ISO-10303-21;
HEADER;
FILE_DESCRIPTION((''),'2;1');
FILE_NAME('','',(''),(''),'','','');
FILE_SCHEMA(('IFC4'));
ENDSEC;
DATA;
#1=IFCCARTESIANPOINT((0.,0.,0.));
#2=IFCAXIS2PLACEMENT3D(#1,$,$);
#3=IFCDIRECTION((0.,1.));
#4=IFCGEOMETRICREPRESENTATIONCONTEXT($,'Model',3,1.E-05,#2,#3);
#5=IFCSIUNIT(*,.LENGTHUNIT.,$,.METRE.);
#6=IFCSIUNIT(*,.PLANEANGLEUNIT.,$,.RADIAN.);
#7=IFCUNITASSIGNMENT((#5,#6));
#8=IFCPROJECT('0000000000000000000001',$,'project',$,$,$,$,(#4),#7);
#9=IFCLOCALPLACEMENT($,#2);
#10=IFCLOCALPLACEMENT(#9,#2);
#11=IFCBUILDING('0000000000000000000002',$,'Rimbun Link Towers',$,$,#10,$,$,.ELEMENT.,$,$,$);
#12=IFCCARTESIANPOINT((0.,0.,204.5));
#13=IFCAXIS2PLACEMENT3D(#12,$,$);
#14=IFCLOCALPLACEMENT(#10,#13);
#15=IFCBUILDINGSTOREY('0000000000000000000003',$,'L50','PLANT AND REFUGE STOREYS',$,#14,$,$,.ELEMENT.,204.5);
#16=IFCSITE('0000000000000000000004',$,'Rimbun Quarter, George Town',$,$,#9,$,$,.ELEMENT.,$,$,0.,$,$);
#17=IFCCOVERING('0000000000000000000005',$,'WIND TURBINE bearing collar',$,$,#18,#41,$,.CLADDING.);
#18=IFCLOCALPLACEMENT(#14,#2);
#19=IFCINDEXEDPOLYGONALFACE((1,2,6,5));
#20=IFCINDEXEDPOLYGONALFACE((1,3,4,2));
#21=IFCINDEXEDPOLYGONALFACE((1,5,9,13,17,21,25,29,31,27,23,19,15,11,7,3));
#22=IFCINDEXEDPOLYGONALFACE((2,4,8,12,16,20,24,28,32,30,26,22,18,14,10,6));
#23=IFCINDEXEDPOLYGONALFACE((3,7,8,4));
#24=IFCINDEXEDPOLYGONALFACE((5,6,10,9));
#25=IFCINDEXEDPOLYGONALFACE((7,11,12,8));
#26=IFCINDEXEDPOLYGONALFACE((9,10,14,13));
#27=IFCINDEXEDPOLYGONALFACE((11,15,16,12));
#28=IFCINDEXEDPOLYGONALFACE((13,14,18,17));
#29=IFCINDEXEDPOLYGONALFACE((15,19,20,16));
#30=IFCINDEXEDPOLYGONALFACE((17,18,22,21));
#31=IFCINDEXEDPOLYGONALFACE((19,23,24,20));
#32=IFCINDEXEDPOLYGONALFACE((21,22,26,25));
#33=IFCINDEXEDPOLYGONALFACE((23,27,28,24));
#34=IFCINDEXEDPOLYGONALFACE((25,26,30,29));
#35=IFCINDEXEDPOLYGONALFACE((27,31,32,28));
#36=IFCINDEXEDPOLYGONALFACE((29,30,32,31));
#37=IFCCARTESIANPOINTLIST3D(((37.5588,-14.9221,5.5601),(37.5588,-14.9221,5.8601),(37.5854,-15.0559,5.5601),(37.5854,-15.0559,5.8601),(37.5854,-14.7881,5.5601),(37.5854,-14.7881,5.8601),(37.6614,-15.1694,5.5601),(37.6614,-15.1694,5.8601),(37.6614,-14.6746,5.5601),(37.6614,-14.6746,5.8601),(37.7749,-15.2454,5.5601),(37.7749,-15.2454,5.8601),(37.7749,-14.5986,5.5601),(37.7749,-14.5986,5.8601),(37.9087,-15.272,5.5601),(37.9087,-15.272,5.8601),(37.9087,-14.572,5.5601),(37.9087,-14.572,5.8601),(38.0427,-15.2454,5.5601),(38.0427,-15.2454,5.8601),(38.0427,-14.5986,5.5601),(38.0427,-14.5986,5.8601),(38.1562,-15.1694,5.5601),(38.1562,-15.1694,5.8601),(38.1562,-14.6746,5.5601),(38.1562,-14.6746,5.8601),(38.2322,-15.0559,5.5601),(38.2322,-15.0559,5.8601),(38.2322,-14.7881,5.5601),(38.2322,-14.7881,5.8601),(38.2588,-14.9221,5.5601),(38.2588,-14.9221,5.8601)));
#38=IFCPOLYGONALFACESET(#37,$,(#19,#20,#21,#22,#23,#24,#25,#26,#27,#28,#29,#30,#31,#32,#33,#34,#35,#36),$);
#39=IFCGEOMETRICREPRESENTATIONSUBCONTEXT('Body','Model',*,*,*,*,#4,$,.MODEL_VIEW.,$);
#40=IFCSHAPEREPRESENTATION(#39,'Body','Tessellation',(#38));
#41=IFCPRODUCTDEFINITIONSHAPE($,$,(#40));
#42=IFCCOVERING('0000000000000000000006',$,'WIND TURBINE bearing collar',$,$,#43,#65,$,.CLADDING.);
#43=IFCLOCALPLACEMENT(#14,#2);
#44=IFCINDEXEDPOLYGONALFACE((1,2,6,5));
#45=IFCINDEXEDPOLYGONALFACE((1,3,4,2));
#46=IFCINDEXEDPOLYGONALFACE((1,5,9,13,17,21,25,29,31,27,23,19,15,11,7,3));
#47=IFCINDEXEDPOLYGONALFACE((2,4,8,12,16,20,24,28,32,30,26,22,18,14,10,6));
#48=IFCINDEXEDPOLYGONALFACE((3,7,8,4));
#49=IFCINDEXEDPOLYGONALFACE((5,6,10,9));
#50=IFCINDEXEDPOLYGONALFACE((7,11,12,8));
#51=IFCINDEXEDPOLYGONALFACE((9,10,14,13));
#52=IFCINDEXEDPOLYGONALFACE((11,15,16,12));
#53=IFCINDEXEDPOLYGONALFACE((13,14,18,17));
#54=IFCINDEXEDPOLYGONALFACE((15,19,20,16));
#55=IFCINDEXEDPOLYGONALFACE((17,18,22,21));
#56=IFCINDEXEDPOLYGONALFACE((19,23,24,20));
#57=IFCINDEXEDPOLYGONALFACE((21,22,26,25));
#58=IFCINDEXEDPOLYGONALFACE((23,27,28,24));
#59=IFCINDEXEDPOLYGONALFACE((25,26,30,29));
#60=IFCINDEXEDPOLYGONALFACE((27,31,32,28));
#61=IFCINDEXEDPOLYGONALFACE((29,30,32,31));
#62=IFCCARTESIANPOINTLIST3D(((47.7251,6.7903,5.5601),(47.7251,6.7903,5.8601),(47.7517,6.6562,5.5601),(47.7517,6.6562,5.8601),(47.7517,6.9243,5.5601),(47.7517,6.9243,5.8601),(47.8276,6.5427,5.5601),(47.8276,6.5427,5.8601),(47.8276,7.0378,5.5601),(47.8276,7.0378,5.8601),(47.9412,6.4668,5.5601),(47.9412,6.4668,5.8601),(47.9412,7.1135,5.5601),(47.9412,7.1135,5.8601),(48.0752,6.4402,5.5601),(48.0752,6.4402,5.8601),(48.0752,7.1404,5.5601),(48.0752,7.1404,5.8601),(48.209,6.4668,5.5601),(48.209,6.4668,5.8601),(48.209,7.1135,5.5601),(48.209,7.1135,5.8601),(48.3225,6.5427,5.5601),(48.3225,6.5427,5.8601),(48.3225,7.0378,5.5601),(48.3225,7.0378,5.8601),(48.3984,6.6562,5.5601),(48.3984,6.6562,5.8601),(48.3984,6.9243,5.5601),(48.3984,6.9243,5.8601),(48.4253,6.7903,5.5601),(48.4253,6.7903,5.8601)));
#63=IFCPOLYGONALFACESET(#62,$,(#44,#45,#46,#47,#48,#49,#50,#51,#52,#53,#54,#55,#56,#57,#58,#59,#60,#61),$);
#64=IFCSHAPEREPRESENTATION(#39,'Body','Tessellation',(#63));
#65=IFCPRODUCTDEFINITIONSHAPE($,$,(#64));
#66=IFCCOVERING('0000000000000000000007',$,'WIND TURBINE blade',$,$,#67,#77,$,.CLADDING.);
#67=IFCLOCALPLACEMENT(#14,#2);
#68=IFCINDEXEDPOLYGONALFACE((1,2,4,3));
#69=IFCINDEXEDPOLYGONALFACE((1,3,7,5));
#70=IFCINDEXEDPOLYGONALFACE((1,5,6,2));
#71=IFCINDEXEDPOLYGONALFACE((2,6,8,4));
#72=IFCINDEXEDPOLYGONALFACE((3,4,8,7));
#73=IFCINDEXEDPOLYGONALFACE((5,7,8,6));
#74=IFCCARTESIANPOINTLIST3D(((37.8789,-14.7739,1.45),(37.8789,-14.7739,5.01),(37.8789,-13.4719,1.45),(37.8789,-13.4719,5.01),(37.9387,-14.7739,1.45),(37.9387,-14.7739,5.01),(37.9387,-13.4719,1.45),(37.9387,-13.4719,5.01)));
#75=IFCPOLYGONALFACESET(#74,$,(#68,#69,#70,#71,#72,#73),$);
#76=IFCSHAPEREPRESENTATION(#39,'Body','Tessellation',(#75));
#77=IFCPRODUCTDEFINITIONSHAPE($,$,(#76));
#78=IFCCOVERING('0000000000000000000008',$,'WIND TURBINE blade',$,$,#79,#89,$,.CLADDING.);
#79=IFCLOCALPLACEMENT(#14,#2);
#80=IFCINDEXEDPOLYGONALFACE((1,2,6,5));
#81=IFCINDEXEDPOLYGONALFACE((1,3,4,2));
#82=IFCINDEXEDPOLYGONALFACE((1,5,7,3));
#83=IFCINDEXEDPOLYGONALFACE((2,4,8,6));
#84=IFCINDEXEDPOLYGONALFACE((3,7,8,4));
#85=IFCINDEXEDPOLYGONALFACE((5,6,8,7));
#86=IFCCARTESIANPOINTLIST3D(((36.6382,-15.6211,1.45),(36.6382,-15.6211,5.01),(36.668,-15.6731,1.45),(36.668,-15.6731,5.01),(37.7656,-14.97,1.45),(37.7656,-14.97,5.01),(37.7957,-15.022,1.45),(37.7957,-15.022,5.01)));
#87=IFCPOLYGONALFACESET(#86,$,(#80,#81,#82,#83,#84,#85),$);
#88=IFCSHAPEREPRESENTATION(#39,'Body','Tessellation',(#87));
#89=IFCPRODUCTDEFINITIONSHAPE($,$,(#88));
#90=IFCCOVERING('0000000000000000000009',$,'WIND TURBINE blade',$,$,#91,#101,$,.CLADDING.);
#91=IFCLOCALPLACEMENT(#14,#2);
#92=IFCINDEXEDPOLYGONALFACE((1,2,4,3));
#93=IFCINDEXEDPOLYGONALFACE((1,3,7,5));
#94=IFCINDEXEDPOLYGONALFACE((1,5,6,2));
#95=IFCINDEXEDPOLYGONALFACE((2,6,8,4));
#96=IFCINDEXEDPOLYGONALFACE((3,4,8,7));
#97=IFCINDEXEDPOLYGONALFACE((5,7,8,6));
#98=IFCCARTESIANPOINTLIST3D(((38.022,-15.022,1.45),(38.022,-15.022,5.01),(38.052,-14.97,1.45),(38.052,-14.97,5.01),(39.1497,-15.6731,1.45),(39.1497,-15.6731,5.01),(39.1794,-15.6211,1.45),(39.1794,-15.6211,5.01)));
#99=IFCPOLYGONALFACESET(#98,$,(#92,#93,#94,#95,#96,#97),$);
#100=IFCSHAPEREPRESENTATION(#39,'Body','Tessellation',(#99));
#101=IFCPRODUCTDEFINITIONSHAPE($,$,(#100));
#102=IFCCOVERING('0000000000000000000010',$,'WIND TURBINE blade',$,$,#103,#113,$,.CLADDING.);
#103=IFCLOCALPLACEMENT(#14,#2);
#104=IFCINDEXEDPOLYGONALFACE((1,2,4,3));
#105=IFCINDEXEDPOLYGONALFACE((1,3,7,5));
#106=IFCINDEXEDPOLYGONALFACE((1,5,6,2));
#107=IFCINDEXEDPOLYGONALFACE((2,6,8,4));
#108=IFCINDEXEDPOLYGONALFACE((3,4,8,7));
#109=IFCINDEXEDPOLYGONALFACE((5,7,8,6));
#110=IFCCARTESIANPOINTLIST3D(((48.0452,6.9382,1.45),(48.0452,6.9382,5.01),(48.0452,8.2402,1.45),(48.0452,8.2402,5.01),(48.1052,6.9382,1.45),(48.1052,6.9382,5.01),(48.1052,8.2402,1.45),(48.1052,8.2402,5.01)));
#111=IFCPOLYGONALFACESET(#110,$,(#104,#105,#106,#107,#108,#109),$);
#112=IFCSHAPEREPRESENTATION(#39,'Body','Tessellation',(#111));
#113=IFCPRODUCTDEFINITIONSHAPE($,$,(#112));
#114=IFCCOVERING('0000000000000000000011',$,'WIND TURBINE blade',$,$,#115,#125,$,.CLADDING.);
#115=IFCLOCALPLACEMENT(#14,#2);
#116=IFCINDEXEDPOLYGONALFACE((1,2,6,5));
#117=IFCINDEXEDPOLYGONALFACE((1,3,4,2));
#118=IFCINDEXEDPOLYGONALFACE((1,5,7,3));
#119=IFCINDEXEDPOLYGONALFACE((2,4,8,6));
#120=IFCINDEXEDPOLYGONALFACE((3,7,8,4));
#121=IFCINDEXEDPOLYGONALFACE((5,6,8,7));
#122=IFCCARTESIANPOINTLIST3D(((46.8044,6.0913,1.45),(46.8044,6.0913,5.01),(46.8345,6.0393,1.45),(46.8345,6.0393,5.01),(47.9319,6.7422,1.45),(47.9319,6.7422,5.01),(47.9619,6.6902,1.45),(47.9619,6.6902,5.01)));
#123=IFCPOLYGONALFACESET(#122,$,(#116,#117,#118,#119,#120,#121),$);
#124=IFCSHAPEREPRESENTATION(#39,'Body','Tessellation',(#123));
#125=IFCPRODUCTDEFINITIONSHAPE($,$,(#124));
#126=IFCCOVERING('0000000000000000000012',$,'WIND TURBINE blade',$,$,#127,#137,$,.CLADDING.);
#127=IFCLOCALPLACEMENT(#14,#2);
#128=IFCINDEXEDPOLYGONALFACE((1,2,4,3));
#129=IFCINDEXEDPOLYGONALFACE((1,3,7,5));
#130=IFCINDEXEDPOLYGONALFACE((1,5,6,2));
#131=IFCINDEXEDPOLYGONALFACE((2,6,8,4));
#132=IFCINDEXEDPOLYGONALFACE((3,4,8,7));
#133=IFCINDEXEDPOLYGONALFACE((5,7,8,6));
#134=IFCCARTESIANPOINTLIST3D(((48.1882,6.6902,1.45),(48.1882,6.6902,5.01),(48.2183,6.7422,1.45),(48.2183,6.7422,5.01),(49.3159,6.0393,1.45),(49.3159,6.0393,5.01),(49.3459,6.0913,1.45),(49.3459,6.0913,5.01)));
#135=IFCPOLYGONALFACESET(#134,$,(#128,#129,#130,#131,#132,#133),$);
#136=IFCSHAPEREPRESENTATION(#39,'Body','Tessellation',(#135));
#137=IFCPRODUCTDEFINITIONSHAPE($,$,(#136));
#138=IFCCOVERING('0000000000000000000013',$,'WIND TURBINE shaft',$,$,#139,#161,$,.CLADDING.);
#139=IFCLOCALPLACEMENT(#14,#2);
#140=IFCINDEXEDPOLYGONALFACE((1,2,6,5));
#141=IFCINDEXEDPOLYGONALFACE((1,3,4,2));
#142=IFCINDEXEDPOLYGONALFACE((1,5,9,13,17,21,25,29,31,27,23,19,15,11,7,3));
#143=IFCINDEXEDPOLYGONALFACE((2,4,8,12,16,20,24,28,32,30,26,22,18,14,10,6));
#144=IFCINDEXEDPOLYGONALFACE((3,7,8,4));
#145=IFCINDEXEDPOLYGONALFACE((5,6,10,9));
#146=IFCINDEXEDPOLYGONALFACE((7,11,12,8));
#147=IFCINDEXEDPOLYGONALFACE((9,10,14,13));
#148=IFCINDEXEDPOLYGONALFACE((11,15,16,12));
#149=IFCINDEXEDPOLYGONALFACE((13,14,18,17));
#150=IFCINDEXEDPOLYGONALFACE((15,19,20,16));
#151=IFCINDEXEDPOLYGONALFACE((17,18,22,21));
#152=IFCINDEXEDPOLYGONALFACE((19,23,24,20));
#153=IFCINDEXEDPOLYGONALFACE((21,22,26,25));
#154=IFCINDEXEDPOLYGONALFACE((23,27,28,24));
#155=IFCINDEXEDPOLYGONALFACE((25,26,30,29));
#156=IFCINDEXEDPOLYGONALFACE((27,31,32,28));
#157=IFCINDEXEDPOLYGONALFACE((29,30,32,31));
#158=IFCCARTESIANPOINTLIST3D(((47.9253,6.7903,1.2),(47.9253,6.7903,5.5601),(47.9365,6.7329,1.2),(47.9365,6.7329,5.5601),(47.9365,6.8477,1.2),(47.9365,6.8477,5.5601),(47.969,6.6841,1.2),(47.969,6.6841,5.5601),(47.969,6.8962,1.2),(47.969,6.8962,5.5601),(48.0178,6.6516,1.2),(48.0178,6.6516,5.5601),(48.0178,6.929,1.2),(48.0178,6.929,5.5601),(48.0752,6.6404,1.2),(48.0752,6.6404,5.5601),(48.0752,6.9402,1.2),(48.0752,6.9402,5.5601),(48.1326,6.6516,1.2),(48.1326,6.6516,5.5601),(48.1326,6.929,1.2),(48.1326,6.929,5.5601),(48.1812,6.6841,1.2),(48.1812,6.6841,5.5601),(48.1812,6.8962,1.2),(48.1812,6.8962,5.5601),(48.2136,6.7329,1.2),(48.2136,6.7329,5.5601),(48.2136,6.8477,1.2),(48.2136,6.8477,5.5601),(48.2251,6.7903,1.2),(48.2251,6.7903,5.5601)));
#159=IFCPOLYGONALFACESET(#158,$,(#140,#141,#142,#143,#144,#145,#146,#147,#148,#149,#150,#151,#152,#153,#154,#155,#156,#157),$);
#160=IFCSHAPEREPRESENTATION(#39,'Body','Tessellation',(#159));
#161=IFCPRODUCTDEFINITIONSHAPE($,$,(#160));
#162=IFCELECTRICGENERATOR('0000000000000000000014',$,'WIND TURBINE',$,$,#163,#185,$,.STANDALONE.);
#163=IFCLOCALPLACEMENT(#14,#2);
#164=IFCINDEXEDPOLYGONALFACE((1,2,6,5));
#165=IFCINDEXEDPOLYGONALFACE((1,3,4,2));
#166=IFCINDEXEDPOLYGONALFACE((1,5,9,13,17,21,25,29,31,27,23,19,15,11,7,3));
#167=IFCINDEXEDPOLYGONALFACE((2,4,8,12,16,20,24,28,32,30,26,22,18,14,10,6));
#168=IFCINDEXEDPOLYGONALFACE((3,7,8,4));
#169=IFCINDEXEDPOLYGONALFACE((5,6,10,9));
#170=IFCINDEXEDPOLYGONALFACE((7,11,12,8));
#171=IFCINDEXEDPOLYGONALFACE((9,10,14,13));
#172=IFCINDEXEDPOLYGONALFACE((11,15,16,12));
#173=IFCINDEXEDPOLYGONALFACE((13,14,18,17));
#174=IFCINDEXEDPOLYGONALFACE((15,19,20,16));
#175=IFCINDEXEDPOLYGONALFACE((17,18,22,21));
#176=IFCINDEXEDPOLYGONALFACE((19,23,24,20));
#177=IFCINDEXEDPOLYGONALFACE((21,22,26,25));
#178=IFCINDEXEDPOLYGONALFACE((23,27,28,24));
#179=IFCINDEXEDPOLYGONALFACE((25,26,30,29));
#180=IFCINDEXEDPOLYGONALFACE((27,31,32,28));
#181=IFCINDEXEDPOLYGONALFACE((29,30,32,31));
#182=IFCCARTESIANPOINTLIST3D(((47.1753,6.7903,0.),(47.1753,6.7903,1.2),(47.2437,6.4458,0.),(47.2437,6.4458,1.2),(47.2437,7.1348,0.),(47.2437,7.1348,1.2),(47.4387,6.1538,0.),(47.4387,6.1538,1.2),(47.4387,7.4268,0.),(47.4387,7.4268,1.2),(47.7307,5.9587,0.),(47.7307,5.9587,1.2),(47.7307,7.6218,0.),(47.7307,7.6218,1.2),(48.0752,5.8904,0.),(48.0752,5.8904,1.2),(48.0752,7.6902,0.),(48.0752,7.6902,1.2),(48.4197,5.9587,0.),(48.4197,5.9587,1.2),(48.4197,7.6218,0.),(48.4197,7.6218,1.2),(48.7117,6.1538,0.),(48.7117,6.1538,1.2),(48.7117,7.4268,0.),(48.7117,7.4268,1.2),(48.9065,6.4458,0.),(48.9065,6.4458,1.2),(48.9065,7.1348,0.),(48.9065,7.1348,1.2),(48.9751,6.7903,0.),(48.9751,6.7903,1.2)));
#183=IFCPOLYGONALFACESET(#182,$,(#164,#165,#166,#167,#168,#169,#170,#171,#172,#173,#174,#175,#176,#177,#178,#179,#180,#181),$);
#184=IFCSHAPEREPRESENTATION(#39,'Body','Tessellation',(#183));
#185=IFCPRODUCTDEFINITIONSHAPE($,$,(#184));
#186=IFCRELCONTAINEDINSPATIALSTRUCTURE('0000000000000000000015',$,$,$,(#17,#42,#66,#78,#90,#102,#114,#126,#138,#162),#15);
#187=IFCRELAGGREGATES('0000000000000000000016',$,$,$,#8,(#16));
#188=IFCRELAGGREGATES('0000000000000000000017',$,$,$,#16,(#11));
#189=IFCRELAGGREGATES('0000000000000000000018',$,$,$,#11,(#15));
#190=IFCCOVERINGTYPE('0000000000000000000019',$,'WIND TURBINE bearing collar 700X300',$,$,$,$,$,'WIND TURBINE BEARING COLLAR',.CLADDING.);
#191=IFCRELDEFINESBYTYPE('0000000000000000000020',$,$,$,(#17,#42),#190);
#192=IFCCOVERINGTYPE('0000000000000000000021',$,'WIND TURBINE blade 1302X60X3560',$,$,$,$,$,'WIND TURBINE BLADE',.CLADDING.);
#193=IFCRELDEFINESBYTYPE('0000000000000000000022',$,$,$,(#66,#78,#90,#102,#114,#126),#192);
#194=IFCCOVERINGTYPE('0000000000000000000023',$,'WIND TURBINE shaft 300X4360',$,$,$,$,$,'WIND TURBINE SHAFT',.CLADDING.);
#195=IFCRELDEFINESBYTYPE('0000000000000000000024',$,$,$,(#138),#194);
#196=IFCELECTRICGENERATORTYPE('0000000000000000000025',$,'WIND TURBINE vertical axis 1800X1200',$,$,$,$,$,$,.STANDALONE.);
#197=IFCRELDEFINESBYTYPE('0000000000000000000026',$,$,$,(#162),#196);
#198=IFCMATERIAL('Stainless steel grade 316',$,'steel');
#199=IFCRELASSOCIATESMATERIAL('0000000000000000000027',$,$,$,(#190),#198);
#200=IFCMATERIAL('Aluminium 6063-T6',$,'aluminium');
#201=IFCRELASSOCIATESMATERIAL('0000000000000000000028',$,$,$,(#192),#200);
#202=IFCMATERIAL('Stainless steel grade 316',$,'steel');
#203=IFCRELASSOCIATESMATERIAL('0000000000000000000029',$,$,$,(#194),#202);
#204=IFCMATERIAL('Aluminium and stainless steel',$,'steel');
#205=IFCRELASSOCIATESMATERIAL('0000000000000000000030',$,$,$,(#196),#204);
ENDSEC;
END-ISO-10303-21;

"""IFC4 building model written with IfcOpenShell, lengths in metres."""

from ifc_helpers import new_model, si_unit, direction, frame, origin, place, context, subcontext, project, spatial, polyline, outline, extrude, material, type_object, element, save


model = new_model("IFC4")

# Units and contexts
model_context = context("Model", 3, precision=1e-05, world=origin(), true_north=direction((0.0, 1.0)))
body_context = subcontext(model_context, "Body", "Model", "MODEL_VIEW")
ifc_project = project(units=[si_unit("LENGTHUNIT", "METRE"), si_unit("PLANEANGLEUNIT", "RADIAN")], contexts=[model_context])

# Site, building, storey
site_placement = place(None, origin())
site = spatial("IfcSite", under=ifc_project, at=site_placement, Name="Rimbun Quarter, George Town", CompositionType="ELEMENT", RefElevation=0.0)
building_placement = place(site_placement, origin())
building = spatial("IfcBuilding", under=site, at=building_placement, Name="Rimbun Link Towers", CompositionType="ELEMENT")
storey_placement = place(building_placement, frame((0.0, 0.0, 204.5)))
storey = spatial("IfcBuildingStorey", under=building, at=storey_placement, Name="L50", Description="PLANT AND REFUGE STOREYS", CompositionType="ELEMENT", Elevation=204.5)

# Coverings
ifc_material_1 = material(Name="Stainless steel grade 316", Category="steel")
covering_type_1 = type_object("IfcCoveringType", Name="WIND TURBINE bearing collar 700X300", ElementType="WIND TURBINE BEARING COLLAR", PredefinedType="CLADDING", material=ifc_material_1)
covering_1_placement = place(storey_placement, frame((0.0, 0.0, 5.5601)))
element("IfcCovering", 1, at=covering_1_placement, inside=storey, type_object=covering_type_1, Name="WIND TURBINE bearing collar", PredefinedType="CLADDING", context=body_context, shape_type="SweptSolid", body=[
    extrude(outline(polyline([(38.2588, -14.9221), (38.2322, -14.7881), (38.1562, -14.6746), (38.0427, -14.5986), (37.9087, -14.572), (37.7749, -14.5986), (37.6614, -14.6746), (37.5854, -14.7881), (37.5588, -14.9221), (37.5854, -15.0559), (37.6614, -15.1694), (37.7749, -15.2454), (37.9087, -15.272), (38.0427, -15.2454), (38.1562, -15.1694), (38.2322, -15.0559), (38.2588, -14.9221)])), origin(), (0.0, 0.0, 1.0), 0.3),
])
covering_2_placement = place(storey_placement, frame((0.0, 0.0, 5.5601)))
element("IfcCovering", 2, at=covering_2_placement, inside=storey, type_object=covering_type_1, Name="WIND TURBINE bearing collar", PredefinedType="CLADDING", context=body_context, shape_type="SweptSolid", body=[
    extrude(outline(polyline([(48.4253, 6.7903), (48.3984, 6.9243), (48.3225, 7.0378), (48.209, 7.1135), (48.0752, 7.1404), (47.9412, 7.1135), (47.8276, 7.0378), (47.7517, 6.9243), (47.7251, 6.7903), (47.7517, 6.6562), (47.8276, 6.5427), (47.9412, 6.4668), (48.0752, 6.4402), (48.209, 6.4668), (48.3225, 6.5427), (48.3984, 6.6562), (48.4253, 6.7903)])), origin(), (0.0, 0.0, 1.0), 0.3),
])
ifc_material_2 = material(Name="Aluminium 6063-T6", Category="aluminium")
covering_type_2 = type_object("IfcCoveringType", Name="WIND TURBINE blade 1302X60X3560", ElementType="WIND TURBINE BLADE", PredefinedType="CLADDING", material=ifc_material_2)
covering_3_placement = place(storey_placement, frame((0.0, 0.0, 1.45)))
element("IfcCovering", 3, at=covering_3_placement, inside=storey, type_object=covering_type_2, Name="WIND TURBINE blade", PredefinedType="CLADDING", context=body_context, shape_type="SweptSolid", body=[
    extrude(outline(polyline([(37.9387, -14.7739), (37.9387, -13.4719), (37.8789, -13.4719), (37.8789, -14.7739), (37.9387, -14.7739)])), origin(), (0.0, 0.0, 1.0), 3.5601),
])
covering_4_placement = place(storey_placement, frame((0.0, 0.0, 1.45)))
element("IfcCovering", 4, at=covering_4_placement, inside=storey, type_object=covering_type_2, Name="WIND TURBINE blade", PredefinedType="CLADDING", context=body_context, shape_type="SweptSolid", body=[
    extrude(outline(polyline([(37.7656, -14.97), (36.6382, -15.6211), (36.668, -15.6731), (37.7957, -15.022), (37.7656, -14.97)])), origin(), (0.0, 0.0, 1.0), 3.5601),
])
covering_5_placement = place(storey_placement, frame((0.0, 0.0, 1.45)))
element("IfcCovering", 5, at=covering_5_placement, inside=storey, type_object=covering_type_2, Name="WIND TURBINE blade", PredefinedType="CLADDING", context=body_context, shape_type="SweptSolid", body=[
    extrude(outline(polyline([(38.022, -15.022), (39.1497, -15.6731), (39.1794, -15.6211), (38.052, -14.97), (38.022, -15.022)])), origin(), (0.0, 0.0, 1.0), 3.5601),
])
covering_6_placement = place(storey_placement, frame((0.0, 0.0, 1.45)))
element("IfcCovering", 6, at=covering_6_placement, inside=storey, type_object=covering_type_2, Name="WIND TURBINE blade", PredefinedType="CLADDING", context=body_context, shape_type="SweptSolid", body=[
    extrude(outline(polyline([(48.1052, 6.9382), (48.1052, 8.2402), (48.0452, 8.2402), (48.0452, 6.9382), (48.1052, 6.9382)])), origin(), (0.0, 0.0, 1.0), 3.5601),
])
covering_7_placement = place(storey_placement, frame((0.0, 0.0, 1.45)))
element("IfcCovering", 7, at=covering_7_placement, inside=storey, type_object=covering_type_2, Name="WIND TURBINE blade", PredefinedType="CLADDING", context=body_context, shape_type="SweptSolid", body=[
    extrude(outline(polyline([(47.9319, 6.7422), (46.8044, 6.0913), (46.8345, 6.0393), (47.9619, 6.6902), (47.9319, 6.7422)])), origin(), (0.0, 0.0, 1.0), 3.5601),
])
covering_8_placement = place(storey_placement, frame((0.0, 0.0, 1.45)))
element("IfcCovering", 8, at=covering_8_placement, inside=storey, type_object=covering_type_2, Name="WIND TURBINE blade", PredefinedType="CLADDING", context=body_context, shape_type="SweptSolid", body=[
    extrude(outline(polyline([(48.1882, 6.6902), (49.3159, 6.0393), (49.3459, 6.0913), (48.2183, 6.7422), (48.1882, 6.6902)])), origin(), (0.0, 0.0, 1.0), 3.5601),
])
ifc_material_3 = material(Name="Stainless steel grade 316", Category="steel")
covering_type_3 = type_object("IfcCoveringType", Name="WIND TURBINE shaft 300X4360", ElementType="WIND TURBINE SHAFT", PredefinedType="CLADDING", material=ifc_material_3)
covering_9_placement = place(storey_placement, frame((0.0, 0.0, 1.2)))
element("IfcCovering", 9, at=covering_9_placement, inside=storey, type_object=covering_type_3, Name="WIND TURBINE shaft", PredefinedType="CLADDING", context=body_context, shape_type="SweptSolid", body=[
    extrude(outline(polyline([(48.2251, 6.7903), (48.2136, 6.8477), (48.1812, 6.8962), (48.1326, 6.929), (48.0752, 6.9402), (48.0178, 6.929), (47.969, 6.8962), (47.9365, 6.8477), (47.9253, 6.7903), (47.9365, 6.7329), (47.969, 6.6841), (48.0178, 6.6516), (48.0752, 6.6404), (48.1326, 6.6516), (48.1812, 6.6841), (48.2136, 6.7329), (48.2251, 6.7903)])), origin(), (0.0, 0.0, 1.0), 4.3601),
])

# Electric generator
ifc_material_4 = material(Name="Aluminium and stainless steel", Category="steel")
electric_generator_type = type_object("IfcElectricGeneratorType", Name="WIND TURBINE vertical axis 1800X1200", PredefinedType="STANDALONE", material=ifc_material_4)
electric_generator_placement = place(storey_placement, origin())
element("IfcElectricGenerator", 10, at=electric_generator_placement, inside=storey, type_object=electric_generator_type, Name="WIND TURBINE", PredefinedType="STANDALONE", context=body_context, shape_type="SweptSolid", body=[
    extrude(outline(polyline([(48.9751, 6.7903), (48.9065, 7.1348), (48.7117, 7.4268), (48.4197, 7.6218), (48.0752, 7.6902), (47.7307, 7.6218), (47.4387, 7.4268), (47.2437, 7.1348), (47.1753, 6.7903), (47.2437, 6.4458), (47.4387, 6.1538), (47.7307, 5.9587), (48.0752, 5.8904), (48.4197, 5.9587), (48.7117, 6.1538), (48.9065, 6.4458), (48.9751, 6.7903)])), origin(), (0.0, 0.0, 1.0), 1.2),
])

save(model, "model.ifc")
